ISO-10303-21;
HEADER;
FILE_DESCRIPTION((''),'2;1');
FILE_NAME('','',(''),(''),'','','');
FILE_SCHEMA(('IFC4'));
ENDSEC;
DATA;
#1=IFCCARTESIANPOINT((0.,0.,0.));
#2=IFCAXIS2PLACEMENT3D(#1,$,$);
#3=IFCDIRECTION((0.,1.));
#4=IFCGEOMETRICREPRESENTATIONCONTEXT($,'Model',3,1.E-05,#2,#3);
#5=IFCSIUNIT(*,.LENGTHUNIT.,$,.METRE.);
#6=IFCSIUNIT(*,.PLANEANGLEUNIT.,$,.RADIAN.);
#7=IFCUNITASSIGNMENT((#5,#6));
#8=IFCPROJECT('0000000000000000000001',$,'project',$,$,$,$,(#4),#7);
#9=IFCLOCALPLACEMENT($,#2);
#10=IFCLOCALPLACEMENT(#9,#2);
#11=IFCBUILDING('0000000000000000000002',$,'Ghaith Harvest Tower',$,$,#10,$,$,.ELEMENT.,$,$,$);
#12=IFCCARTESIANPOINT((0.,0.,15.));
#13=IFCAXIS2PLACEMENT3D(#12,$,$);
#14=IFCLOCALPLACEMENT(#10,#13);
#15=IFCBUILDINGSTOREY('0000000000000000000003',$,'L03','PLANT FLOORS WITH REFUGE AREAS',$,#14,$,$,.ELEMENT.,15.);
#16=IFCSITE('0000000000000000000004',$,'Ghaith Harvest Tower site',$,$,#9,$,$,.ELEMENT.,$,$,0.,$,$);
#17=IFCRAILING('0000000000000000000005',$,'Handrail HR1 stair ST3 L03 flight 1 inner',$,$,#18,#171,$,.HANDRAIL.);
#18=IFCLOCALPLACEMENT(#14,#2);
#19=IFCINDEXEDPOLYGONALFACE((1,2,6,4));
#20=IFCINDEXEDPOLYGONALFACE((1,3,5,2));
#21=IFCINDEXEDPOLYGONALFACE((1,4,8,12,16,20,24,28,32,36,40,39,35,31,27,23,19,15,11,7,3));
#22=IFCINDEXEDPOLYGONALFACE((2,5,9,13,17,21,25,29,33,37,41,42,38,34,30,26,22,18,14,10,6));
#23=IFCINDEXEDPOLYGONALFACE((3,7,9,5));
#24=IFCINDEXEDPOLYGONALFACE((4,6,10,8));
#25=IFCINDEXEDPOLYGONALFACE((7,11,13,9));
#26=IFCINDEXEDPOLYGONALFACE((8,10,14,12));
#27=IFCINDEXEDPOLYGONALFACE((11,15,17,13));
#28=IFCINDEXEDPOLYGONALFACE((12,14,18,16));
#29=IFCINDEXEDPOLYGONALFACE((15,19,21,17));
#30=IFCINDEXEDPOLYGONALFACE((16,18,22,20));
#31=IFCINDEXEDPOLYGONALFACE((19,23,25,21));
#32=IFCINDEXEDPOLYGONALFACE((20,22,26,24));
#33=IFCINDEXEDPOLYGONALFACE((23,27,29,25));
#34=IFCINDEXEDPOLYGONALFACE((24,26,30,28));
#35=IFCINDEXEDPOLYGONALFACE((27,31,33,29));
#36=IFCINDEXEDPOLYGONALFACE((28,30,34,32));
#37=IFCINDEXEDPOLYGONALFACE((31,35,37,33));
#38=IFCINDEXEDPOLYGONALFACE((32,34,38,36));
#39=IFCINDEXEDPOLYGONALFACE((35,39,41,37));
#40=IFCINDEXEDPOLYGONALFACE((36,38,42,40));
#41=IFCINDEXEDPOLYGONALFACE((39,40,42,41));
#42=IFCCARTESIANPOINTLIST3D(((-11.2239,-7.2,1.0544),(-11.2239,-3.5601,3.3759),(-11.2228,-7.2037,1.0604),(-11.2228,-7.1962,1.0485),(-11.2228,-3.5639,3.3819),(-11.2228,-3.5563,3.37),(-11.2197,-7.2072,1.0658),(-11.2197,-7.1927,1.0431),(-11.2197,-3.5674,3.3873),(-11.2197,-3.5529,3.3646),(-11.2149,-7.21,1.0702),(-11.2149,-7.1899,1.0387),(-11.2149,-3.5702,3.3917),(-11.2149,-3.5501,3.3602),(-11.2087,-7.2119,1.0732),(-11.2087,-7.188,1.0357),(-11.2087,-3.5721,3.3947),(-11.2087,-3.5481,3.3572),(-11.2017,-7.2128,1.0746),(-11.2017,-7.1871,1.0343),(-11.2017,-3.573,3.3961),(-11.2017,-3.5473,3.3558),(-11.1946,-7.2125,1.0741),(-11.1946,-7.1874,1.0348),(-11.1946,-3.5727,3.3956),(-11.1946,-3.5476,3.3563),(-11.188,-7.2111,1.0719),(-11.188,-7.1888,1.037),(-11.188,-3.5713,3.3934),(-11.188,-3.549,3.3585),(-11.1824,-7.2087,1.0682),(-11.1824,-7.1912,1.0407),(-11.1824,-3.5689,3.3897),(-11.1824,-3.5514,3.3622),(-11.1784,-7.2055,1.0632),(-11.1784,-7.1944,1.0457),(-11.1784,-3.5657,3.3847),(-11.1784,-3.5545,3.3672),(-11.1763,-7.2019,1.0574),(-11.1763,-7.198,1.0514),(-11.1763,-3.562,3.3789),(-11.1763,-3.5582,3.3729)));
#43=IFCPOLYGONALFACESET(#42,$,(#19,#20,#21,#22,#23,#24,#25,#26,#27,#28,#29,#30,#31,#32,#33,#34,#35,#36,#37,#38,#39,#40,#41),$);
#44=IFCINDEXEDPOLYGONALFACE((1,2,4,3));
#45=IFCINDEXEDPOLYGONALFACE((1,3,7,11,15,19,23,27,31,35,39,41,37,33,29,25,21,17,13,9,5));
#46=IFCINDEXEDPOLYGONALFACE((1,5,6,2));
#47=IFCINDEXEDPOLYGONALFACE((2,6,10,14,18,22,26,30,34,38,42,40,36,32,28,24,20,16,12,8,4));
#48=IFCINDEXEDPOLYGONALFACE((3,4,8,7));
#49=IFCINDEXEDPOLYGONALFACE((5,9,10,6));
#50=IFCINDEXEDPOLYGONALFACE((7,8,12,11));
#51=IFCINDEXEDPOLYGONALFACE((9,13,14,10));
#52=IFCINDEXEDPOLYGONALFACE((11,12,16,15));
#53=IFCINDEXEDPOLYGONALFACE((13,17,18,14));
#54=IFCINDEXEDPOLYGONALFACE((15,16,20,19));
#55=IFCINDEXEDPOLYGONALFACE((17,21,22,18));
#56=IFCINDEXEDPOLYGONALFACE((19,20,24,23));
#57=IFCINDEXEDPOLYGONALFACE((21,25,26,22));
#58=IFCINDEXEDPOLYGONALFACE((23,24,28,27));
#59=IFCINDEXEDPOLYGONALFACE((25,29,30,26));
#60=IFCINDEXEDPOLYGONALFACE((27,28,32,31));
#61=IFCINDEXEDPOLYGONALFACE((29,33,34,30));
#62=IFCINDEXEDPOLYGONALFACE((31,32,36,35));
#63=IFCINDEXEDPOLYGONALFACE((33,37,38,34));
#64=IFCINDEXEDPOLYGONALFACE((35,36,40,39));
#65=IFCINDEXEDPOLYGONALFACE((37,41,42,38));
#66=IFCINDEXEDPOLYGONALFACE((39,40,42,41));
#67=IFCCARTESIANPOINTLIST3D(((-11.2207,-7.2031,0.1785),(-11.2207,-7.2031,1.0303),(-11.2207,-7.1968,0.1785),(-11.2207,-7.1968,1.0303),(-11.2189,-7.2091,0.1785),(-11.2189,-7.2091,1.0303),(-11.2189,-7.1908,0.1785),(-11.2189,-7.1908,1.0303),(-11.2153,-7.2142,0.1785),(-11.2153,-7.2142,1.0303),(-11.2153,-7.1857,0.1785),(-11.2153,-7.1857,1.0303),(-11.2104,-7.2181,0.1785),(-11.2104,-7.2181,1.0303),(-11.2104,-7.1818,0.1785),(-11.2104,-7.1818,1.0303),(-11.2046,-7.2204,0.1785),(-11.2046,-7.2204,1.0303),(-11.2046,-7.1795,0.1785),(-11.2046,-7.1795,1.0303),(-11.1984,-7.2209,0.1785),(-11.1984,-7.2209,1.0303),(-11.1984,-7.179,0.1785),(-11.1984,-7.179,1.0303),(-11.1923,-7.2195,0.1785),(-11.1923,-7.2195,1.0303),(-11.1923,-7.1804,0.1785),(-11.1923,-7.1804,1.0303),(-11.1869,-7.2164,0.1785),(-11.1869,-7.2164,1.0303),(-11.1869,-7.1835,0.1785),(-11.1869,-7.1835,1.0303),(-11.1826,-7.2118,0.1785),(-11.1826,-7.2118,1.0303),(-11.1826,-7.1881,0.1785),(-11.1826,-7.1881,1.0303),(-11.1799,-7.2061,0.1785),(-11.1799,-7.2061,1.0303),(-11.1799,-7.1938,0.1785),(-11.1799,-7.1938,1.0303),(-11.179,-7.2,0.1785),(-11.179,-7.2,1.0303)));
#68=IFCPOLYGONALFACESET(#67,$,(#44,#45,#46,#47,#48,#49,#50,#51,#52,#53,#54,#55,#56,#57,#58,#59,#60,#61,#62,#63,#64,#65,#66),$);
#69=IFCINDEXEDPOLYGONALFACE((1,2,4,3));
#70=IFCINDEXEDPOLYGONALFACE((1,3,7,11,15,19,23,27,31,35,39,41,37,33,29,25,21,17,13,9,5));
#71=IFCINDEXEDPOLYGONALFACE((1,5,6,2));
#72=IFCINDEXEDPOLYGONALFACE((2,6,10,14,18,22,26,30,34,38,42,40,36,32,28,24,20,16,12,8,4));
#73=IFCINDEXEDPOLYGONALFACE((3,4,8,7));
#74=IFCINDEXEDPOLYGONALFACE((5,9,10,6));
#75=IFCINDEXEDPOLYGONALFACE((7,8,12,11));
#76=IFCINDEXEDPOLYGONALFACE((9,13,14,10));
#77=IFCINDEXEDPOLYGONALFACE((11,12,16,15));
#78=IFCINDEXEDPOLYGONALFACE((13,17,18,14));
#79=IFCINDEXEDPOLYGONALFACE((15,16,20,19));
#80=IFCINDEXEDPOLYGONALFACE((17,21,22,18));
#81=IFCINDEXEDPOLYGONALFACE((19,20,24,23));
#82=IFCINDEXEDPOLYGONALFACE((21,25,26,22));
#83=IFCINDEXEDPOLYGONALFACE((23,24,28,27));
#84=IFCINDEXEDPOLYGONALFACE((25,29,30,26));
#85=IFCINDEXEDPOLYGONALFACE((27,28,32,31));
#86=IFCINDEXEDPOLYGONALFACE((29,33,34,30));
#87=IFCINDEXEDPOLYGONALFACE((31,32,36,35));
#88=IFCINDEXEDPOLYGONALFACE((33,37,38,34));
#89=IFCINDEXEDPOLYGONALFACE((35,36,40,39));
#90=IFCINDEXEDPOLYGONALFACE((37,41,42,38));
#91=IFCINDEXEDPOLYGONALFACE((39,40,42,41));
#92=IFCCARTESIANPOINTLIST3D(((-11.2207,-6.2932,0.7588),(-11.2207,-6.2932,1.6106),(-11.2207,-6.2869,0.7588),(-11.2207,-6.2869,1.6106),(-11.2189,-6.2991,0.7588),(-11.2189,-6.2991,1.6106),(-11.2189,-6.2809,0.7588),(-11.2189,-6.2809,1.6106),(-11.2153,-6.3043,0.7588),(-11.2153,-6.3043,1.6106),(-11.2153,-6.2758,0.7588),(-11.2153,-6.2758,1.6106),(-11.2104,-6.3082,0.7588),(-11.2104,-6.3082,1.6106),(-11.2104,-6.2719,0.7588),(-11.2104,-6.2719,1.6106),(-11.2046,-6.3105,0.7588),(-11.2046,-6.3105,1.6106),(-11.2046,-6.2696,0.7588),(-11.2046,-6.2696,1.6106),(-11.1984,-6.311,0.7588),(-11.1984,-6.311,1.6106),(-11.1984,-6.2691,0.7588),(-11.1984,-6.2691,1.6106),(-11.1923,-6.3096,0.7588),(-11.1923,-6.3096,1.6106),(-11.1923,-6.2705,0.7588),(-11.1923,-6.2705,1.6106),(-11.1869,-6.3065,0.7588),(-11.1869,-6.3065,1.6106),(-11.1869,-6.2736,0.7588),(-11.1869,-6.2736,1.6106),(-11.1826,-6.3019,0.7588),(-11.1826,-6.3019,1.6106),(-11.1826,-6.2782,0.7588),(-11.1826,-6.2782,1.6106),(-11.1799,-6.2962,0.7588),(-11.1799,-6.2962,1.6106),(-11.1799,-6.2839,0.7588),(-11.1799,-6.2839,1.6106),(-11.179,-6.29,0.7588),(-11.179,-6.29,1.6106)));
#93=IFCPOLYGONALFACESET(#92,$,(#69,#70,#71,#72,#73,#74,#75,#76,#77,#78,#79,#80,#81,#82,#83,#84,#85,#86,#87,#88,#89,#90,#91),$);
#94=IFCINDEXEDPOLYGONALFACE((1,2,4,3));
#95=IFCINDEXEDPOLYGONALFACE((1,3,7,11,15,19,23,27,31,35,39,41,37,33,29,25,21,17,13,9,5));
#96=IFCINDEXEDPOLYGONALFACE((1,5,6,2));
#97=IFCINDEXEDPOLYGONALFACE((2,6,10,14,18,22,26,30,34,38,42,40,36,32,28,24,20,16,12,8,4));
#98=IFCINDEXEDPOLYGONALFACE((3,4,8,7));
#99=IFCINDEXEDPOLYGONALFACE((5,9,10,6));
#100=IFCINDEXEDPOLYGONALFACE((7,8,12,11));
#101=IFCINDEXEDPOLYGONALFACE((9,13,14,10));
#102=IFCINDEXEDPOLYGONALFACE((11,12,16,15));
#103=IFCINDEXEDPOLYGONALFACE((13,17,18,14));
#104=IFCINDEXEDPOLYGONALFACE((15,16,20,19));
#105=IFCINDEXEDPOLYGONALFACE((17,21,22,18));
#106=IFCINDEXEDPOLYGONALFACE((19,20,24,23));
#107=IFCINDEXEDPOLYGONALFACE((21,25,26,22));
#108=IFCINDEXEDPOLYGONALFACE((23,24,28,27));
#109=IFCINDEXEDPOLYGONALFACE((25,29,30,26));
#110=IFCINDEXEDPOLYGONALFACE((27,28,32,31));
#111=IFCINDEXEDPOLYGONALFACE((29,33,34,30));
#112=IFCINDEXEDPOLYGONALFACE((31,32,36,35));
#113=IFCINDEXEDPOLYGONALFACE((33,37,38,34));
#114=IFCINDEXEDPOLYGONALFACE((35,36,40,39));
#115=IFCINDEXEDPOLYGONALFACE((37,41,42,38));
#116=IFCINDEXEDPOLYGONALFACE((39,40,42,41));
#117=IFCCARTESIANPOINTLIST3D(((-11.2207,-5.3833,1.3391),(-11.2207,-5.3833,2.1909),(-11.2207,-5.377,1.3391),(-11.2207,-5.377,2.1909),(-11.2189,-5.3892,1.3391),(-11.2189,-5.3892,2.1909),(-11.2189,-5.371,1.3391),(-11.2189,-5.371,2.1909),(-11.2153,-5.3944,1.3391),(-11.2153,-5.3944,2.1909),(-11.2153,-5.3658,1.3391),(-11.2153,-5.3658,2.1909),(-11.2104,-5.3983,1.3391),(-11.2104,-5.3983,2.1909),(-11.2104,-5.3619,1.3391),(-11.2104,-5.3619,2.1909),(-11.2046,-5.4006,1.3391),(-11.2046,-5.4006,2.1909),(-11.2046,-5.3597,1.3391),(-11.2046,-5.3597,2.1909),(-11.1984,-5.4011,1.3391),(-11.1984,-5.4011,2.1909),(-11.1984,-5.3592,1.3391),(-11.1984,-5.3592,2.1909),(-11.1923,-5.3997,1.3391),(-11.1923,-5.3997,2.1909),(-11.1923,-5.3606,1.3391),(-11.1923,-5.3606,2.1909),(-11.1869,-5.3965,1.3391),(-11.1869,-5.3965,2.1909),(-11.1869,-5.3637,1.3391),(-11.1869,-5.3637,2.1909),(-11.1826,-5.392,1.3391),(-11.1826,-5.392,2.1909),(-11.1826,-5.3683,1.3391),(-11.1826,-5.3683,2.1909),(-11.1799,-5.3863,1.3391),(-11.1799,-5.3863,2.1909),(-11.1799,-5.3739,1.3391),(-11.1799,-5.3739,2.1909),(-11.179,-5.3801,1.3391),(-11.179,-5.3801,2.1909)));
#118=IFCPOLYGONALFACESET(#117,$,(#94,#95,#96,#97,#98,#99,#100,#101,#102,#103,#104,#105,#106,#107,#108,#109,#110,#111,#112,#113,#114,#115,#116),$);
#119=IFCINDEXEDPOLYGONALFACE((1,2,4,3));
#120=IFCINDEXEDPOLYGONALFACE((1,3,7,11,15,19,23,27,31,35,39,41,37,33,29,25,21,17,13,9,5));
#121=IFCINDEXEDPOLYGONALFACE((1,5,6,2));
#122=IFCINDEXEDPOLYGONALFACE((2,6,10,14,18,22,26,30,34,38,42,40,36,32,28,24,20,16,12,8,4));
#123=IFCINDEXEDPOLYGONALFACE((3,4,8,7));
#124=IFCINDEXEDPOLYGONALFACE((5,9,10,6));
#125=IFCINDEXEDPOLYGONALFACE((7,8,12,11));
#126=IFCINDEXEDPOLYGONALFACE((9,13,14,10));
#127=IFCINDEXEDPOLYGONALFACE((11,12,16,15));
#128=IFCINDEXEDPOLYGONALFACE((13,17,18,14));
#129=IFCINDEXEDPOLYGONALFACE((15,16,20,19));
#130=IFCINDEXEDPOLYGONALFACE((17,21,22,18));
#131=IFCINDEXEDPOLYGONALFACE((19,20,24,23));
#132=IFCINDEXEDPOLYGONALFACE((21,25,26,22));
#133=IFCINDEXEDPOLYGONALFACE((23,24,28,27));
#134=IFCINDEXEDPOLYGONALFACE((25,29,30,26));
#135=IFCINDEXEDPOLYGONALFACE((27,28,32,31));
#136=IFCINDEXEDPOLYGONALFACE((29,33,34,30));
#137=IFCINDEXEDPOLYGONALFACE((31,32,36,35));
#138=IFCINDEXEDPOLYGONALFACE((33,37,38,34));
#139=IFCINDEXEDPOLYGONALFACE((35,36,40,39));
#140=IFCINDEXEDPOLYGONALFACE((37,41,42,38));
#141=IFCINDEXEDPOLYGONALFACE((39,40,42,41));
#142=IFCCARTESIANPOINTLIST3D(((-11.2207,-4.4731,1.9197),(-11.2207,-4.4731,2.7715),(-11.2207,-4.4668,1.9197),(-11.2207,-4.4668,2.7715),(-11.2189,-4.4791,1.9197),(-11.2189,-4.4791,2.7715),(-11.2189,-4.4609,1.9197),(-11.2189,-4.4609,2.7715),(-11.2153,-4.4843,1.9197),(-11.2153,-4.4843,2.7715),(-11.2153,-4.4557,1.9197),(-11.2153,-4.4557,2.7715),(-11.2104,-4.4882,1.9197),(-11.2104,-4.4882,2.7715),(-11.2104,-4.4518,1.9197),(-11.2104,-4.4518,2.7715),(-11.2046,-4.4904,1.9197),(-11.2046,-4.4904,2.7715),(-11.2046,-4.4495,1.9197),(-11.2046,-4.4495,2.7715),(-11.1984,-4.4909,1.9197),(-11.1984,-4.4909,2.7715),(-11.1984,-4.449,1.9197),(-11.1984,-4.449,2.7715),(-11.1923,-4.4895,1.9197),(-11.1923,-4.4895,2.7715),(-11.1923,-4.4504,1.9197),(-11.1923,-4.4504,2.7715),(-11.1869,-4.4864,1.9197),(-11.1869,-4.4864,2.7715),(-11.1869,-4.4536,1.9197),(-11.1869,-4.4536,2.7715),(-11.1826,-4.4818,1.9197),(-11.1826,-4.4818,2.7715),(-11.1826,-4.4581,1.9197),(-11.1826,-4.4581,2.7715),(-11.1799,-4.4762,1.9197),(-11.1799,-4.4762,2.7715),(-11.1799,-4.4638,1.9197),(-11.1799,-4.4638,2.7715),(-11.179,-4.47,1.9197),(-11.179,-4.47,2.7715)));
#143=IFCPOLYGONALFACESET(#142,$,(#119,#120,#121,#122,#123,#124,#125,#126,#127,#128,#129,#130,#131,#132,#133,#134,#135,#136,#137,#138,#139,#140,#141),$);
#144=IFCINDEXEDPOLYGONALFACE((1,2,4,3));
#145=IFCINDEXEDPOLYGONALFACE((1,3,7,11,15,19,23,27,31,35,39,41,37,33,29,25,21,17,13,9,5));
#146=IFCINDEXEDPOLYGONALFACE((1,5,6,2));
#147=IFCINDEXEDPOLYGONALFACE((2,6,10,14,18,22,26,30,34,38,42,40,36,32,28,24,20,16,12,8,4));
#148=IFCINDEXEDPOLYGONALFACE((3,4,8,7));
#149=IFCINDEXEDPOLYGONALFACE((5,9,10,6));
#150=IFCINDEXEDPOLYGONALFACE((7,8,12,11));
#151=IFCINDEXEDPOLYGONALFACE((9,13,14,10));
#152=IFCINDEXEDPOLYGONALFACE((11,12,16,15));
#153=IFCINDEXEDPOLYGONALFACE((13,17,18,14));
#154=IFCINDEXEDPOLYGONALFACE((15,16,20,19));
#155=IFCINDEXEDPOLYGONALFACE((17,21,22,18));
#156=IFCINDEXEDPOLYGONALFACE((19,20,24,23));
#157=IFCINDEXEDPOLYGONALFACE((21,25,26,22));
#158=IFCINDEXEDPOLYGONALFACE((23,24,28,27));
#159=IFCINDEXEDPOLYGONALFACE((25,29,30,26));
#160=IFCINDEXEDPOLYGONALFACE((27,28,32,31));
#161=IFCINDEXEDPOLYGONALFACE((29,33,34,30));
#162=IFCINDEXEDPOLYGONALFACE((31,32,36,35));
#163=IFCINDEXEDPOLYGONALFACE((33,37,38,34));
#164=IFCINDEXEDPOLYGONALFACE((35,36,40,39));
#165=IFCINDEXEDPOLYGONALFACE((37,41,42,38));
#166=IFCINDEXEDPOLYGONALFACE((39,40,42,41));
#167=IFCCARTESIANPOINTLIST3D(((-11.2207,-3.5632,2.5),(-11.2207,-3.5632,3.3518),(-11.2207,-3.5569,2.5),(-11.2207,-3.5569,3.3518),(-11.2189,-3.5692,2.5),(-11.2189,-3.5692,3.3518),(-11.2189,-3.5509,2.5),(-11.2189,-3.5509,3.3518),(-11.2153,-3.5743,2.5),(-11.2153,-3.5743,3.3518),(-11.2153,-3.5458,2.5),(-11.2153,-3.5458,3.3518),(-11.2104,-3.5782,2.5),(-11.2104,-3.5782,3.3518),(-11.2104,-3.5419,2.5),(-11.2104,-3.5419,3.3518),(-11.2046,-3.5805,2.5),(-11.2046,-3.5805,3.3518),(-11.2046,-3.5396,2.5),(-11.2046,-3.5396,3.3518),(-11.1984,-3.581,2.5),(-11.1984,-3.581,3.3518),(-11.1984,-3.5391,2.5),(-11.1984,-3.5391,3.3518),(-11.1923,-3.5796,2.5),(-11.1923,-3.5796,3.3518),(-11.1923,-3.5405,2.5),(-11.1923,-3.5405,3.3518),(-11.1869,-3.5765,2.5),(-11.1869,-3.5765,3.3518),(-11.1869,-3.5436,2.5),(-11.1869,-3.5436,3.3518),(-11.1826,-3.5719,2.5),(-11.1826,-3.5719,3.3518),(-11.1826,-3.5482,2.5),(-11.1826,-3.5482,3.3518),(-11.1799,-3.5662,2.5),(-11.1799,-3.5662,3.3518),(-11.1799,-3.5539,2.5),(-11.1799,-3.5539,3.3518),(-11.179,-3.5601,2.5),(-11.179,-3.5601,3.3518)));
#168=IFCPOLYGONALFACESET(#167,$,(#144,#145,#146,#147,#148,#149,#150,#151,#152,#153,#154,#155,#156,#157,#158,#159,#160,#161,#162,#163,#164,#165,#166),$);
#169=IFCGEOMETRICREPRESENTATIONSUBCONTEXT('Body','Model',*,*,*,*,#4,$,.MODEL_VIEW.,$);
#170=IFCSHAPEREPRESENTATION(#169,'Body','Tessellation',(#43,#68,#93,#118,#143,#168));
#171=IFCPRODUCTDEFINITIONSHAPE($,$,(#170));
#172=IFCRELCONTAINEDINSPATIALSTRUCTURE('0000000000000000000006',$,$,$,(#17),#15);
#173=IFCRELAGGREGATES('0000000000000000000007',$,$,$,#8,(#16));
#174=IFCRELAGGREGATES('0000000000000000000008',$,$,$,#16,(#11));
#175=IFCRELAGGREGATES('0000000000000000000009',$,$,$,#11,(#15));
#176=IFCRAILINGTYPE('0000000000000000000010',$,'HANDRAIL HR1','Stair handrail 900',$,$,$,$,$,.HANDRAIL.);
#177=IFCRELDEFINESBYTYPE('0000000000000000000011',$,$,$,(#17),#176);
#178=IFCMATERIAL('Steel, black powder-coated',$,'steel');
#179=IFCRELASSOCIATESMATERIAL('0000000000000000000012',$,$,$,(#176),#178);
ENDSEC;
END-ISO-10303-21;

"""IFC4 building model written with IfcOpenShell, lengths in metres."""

from ifc_helpers import new_model, si_unit, direction, frame, origin, origin_2d, place, context, subcontext, project, spatial, circle, extrude, material, type_object, element, save


model = new_model("IFC4")

# Units and contexts
model_context = context("Model", 3, precision=1e-05, world=origin(), true_north=direction((0.0, 1.0)))
body_context = subcontext(model_context, "Body", "Model", "MODEL_VIEW")
ifc_project = project(units=[si_unit("LENGTHUNIT", "METRE"), si_unit("PLANEANGLEUNIT", "RADIAN")], contexts=[model_context])

# Site, building, storey
site_placement = place(None, origin())
site = spatial("IfcSite", under=ifc_project, at=site_placement, Name="Ghaith Harvest Tower site", CompositionType="ELEMENT", RefElevation=0.0)
building_placement = place(site_placement, origin())
building = spatial("IfcBuilding", under=site, at=building_placement, Name="Ghaith Harvest Tower", CompositionType="ELEMENT")
storey_placement = place(building_placement, frame((0.0, 0.0, 15.0)))
storey = spatial("IfcBuildingStorey", under=building, at=storey_placement, Name="L03", Description="PLANT FLOORS WITH REFUGE AREAS", CompositionType="ELEMENT", Elevation=15.0)

# Railing
ifc_material_1 = material(Name="Steel, black powder-coated", Category="steel")
railing_type = type_object("IfcRailingType", Name="HANDRAIL HR1", Description="Stair handrail 900", PredefinedType="HANDRAIL", material=ifc_material_1)
railing_1_placement = place(storey_placement, frame((-11.2, -7.2, 0.1785)))
element("IfcRailing", 1, at=railing_1_placement, inside=storey, type_object=railing_type, Name="Handrail HR1 stair ST3 L03 flight 1 inner", PredefinedType="HANDRAIL", context=body_context, shape_type="SweptSolid", body=[
    extrude(circle(Radius=0.0239, at=origin_2d()), frame((0.0, 0.0, 0.876), z_axis=(0.0, 0.843112, 0.537739), x_axis=(-1.0, 0.0, 0.0)), (0.0, 0.0, 1.0), 4.3171),
    extrude(circle(Radius=0.021, at=origin_2d()), origin(), (0.0, 0.0, 1.0), 0.8518),
    extrude(circle(Radius=0.021, at=origin_2d()), frame((0.0, 0.9099, 0.5803)), (0.0, 0.0, 1.0), 0.8518),
    extrude(circle(Radius=0.021, at=origin_2d()), frame((0.0, 1.8198, 1.1606)), (0.0, 0.0, 1.0), 0.8518),
    extrude(circle(Radius=0.021, at=origin_2d()), frame((0.0, 2.73, 1.7412)), (0.0, 0.0, 1.0), 0.8518),
    extrude(circle(Radius=0.021, at=origin_2d()), frame((0.0, 3.6399, 2.3215)), (0.0, 0.0, 1.0), 0.8518),
])

save(model, "model.ifc")
